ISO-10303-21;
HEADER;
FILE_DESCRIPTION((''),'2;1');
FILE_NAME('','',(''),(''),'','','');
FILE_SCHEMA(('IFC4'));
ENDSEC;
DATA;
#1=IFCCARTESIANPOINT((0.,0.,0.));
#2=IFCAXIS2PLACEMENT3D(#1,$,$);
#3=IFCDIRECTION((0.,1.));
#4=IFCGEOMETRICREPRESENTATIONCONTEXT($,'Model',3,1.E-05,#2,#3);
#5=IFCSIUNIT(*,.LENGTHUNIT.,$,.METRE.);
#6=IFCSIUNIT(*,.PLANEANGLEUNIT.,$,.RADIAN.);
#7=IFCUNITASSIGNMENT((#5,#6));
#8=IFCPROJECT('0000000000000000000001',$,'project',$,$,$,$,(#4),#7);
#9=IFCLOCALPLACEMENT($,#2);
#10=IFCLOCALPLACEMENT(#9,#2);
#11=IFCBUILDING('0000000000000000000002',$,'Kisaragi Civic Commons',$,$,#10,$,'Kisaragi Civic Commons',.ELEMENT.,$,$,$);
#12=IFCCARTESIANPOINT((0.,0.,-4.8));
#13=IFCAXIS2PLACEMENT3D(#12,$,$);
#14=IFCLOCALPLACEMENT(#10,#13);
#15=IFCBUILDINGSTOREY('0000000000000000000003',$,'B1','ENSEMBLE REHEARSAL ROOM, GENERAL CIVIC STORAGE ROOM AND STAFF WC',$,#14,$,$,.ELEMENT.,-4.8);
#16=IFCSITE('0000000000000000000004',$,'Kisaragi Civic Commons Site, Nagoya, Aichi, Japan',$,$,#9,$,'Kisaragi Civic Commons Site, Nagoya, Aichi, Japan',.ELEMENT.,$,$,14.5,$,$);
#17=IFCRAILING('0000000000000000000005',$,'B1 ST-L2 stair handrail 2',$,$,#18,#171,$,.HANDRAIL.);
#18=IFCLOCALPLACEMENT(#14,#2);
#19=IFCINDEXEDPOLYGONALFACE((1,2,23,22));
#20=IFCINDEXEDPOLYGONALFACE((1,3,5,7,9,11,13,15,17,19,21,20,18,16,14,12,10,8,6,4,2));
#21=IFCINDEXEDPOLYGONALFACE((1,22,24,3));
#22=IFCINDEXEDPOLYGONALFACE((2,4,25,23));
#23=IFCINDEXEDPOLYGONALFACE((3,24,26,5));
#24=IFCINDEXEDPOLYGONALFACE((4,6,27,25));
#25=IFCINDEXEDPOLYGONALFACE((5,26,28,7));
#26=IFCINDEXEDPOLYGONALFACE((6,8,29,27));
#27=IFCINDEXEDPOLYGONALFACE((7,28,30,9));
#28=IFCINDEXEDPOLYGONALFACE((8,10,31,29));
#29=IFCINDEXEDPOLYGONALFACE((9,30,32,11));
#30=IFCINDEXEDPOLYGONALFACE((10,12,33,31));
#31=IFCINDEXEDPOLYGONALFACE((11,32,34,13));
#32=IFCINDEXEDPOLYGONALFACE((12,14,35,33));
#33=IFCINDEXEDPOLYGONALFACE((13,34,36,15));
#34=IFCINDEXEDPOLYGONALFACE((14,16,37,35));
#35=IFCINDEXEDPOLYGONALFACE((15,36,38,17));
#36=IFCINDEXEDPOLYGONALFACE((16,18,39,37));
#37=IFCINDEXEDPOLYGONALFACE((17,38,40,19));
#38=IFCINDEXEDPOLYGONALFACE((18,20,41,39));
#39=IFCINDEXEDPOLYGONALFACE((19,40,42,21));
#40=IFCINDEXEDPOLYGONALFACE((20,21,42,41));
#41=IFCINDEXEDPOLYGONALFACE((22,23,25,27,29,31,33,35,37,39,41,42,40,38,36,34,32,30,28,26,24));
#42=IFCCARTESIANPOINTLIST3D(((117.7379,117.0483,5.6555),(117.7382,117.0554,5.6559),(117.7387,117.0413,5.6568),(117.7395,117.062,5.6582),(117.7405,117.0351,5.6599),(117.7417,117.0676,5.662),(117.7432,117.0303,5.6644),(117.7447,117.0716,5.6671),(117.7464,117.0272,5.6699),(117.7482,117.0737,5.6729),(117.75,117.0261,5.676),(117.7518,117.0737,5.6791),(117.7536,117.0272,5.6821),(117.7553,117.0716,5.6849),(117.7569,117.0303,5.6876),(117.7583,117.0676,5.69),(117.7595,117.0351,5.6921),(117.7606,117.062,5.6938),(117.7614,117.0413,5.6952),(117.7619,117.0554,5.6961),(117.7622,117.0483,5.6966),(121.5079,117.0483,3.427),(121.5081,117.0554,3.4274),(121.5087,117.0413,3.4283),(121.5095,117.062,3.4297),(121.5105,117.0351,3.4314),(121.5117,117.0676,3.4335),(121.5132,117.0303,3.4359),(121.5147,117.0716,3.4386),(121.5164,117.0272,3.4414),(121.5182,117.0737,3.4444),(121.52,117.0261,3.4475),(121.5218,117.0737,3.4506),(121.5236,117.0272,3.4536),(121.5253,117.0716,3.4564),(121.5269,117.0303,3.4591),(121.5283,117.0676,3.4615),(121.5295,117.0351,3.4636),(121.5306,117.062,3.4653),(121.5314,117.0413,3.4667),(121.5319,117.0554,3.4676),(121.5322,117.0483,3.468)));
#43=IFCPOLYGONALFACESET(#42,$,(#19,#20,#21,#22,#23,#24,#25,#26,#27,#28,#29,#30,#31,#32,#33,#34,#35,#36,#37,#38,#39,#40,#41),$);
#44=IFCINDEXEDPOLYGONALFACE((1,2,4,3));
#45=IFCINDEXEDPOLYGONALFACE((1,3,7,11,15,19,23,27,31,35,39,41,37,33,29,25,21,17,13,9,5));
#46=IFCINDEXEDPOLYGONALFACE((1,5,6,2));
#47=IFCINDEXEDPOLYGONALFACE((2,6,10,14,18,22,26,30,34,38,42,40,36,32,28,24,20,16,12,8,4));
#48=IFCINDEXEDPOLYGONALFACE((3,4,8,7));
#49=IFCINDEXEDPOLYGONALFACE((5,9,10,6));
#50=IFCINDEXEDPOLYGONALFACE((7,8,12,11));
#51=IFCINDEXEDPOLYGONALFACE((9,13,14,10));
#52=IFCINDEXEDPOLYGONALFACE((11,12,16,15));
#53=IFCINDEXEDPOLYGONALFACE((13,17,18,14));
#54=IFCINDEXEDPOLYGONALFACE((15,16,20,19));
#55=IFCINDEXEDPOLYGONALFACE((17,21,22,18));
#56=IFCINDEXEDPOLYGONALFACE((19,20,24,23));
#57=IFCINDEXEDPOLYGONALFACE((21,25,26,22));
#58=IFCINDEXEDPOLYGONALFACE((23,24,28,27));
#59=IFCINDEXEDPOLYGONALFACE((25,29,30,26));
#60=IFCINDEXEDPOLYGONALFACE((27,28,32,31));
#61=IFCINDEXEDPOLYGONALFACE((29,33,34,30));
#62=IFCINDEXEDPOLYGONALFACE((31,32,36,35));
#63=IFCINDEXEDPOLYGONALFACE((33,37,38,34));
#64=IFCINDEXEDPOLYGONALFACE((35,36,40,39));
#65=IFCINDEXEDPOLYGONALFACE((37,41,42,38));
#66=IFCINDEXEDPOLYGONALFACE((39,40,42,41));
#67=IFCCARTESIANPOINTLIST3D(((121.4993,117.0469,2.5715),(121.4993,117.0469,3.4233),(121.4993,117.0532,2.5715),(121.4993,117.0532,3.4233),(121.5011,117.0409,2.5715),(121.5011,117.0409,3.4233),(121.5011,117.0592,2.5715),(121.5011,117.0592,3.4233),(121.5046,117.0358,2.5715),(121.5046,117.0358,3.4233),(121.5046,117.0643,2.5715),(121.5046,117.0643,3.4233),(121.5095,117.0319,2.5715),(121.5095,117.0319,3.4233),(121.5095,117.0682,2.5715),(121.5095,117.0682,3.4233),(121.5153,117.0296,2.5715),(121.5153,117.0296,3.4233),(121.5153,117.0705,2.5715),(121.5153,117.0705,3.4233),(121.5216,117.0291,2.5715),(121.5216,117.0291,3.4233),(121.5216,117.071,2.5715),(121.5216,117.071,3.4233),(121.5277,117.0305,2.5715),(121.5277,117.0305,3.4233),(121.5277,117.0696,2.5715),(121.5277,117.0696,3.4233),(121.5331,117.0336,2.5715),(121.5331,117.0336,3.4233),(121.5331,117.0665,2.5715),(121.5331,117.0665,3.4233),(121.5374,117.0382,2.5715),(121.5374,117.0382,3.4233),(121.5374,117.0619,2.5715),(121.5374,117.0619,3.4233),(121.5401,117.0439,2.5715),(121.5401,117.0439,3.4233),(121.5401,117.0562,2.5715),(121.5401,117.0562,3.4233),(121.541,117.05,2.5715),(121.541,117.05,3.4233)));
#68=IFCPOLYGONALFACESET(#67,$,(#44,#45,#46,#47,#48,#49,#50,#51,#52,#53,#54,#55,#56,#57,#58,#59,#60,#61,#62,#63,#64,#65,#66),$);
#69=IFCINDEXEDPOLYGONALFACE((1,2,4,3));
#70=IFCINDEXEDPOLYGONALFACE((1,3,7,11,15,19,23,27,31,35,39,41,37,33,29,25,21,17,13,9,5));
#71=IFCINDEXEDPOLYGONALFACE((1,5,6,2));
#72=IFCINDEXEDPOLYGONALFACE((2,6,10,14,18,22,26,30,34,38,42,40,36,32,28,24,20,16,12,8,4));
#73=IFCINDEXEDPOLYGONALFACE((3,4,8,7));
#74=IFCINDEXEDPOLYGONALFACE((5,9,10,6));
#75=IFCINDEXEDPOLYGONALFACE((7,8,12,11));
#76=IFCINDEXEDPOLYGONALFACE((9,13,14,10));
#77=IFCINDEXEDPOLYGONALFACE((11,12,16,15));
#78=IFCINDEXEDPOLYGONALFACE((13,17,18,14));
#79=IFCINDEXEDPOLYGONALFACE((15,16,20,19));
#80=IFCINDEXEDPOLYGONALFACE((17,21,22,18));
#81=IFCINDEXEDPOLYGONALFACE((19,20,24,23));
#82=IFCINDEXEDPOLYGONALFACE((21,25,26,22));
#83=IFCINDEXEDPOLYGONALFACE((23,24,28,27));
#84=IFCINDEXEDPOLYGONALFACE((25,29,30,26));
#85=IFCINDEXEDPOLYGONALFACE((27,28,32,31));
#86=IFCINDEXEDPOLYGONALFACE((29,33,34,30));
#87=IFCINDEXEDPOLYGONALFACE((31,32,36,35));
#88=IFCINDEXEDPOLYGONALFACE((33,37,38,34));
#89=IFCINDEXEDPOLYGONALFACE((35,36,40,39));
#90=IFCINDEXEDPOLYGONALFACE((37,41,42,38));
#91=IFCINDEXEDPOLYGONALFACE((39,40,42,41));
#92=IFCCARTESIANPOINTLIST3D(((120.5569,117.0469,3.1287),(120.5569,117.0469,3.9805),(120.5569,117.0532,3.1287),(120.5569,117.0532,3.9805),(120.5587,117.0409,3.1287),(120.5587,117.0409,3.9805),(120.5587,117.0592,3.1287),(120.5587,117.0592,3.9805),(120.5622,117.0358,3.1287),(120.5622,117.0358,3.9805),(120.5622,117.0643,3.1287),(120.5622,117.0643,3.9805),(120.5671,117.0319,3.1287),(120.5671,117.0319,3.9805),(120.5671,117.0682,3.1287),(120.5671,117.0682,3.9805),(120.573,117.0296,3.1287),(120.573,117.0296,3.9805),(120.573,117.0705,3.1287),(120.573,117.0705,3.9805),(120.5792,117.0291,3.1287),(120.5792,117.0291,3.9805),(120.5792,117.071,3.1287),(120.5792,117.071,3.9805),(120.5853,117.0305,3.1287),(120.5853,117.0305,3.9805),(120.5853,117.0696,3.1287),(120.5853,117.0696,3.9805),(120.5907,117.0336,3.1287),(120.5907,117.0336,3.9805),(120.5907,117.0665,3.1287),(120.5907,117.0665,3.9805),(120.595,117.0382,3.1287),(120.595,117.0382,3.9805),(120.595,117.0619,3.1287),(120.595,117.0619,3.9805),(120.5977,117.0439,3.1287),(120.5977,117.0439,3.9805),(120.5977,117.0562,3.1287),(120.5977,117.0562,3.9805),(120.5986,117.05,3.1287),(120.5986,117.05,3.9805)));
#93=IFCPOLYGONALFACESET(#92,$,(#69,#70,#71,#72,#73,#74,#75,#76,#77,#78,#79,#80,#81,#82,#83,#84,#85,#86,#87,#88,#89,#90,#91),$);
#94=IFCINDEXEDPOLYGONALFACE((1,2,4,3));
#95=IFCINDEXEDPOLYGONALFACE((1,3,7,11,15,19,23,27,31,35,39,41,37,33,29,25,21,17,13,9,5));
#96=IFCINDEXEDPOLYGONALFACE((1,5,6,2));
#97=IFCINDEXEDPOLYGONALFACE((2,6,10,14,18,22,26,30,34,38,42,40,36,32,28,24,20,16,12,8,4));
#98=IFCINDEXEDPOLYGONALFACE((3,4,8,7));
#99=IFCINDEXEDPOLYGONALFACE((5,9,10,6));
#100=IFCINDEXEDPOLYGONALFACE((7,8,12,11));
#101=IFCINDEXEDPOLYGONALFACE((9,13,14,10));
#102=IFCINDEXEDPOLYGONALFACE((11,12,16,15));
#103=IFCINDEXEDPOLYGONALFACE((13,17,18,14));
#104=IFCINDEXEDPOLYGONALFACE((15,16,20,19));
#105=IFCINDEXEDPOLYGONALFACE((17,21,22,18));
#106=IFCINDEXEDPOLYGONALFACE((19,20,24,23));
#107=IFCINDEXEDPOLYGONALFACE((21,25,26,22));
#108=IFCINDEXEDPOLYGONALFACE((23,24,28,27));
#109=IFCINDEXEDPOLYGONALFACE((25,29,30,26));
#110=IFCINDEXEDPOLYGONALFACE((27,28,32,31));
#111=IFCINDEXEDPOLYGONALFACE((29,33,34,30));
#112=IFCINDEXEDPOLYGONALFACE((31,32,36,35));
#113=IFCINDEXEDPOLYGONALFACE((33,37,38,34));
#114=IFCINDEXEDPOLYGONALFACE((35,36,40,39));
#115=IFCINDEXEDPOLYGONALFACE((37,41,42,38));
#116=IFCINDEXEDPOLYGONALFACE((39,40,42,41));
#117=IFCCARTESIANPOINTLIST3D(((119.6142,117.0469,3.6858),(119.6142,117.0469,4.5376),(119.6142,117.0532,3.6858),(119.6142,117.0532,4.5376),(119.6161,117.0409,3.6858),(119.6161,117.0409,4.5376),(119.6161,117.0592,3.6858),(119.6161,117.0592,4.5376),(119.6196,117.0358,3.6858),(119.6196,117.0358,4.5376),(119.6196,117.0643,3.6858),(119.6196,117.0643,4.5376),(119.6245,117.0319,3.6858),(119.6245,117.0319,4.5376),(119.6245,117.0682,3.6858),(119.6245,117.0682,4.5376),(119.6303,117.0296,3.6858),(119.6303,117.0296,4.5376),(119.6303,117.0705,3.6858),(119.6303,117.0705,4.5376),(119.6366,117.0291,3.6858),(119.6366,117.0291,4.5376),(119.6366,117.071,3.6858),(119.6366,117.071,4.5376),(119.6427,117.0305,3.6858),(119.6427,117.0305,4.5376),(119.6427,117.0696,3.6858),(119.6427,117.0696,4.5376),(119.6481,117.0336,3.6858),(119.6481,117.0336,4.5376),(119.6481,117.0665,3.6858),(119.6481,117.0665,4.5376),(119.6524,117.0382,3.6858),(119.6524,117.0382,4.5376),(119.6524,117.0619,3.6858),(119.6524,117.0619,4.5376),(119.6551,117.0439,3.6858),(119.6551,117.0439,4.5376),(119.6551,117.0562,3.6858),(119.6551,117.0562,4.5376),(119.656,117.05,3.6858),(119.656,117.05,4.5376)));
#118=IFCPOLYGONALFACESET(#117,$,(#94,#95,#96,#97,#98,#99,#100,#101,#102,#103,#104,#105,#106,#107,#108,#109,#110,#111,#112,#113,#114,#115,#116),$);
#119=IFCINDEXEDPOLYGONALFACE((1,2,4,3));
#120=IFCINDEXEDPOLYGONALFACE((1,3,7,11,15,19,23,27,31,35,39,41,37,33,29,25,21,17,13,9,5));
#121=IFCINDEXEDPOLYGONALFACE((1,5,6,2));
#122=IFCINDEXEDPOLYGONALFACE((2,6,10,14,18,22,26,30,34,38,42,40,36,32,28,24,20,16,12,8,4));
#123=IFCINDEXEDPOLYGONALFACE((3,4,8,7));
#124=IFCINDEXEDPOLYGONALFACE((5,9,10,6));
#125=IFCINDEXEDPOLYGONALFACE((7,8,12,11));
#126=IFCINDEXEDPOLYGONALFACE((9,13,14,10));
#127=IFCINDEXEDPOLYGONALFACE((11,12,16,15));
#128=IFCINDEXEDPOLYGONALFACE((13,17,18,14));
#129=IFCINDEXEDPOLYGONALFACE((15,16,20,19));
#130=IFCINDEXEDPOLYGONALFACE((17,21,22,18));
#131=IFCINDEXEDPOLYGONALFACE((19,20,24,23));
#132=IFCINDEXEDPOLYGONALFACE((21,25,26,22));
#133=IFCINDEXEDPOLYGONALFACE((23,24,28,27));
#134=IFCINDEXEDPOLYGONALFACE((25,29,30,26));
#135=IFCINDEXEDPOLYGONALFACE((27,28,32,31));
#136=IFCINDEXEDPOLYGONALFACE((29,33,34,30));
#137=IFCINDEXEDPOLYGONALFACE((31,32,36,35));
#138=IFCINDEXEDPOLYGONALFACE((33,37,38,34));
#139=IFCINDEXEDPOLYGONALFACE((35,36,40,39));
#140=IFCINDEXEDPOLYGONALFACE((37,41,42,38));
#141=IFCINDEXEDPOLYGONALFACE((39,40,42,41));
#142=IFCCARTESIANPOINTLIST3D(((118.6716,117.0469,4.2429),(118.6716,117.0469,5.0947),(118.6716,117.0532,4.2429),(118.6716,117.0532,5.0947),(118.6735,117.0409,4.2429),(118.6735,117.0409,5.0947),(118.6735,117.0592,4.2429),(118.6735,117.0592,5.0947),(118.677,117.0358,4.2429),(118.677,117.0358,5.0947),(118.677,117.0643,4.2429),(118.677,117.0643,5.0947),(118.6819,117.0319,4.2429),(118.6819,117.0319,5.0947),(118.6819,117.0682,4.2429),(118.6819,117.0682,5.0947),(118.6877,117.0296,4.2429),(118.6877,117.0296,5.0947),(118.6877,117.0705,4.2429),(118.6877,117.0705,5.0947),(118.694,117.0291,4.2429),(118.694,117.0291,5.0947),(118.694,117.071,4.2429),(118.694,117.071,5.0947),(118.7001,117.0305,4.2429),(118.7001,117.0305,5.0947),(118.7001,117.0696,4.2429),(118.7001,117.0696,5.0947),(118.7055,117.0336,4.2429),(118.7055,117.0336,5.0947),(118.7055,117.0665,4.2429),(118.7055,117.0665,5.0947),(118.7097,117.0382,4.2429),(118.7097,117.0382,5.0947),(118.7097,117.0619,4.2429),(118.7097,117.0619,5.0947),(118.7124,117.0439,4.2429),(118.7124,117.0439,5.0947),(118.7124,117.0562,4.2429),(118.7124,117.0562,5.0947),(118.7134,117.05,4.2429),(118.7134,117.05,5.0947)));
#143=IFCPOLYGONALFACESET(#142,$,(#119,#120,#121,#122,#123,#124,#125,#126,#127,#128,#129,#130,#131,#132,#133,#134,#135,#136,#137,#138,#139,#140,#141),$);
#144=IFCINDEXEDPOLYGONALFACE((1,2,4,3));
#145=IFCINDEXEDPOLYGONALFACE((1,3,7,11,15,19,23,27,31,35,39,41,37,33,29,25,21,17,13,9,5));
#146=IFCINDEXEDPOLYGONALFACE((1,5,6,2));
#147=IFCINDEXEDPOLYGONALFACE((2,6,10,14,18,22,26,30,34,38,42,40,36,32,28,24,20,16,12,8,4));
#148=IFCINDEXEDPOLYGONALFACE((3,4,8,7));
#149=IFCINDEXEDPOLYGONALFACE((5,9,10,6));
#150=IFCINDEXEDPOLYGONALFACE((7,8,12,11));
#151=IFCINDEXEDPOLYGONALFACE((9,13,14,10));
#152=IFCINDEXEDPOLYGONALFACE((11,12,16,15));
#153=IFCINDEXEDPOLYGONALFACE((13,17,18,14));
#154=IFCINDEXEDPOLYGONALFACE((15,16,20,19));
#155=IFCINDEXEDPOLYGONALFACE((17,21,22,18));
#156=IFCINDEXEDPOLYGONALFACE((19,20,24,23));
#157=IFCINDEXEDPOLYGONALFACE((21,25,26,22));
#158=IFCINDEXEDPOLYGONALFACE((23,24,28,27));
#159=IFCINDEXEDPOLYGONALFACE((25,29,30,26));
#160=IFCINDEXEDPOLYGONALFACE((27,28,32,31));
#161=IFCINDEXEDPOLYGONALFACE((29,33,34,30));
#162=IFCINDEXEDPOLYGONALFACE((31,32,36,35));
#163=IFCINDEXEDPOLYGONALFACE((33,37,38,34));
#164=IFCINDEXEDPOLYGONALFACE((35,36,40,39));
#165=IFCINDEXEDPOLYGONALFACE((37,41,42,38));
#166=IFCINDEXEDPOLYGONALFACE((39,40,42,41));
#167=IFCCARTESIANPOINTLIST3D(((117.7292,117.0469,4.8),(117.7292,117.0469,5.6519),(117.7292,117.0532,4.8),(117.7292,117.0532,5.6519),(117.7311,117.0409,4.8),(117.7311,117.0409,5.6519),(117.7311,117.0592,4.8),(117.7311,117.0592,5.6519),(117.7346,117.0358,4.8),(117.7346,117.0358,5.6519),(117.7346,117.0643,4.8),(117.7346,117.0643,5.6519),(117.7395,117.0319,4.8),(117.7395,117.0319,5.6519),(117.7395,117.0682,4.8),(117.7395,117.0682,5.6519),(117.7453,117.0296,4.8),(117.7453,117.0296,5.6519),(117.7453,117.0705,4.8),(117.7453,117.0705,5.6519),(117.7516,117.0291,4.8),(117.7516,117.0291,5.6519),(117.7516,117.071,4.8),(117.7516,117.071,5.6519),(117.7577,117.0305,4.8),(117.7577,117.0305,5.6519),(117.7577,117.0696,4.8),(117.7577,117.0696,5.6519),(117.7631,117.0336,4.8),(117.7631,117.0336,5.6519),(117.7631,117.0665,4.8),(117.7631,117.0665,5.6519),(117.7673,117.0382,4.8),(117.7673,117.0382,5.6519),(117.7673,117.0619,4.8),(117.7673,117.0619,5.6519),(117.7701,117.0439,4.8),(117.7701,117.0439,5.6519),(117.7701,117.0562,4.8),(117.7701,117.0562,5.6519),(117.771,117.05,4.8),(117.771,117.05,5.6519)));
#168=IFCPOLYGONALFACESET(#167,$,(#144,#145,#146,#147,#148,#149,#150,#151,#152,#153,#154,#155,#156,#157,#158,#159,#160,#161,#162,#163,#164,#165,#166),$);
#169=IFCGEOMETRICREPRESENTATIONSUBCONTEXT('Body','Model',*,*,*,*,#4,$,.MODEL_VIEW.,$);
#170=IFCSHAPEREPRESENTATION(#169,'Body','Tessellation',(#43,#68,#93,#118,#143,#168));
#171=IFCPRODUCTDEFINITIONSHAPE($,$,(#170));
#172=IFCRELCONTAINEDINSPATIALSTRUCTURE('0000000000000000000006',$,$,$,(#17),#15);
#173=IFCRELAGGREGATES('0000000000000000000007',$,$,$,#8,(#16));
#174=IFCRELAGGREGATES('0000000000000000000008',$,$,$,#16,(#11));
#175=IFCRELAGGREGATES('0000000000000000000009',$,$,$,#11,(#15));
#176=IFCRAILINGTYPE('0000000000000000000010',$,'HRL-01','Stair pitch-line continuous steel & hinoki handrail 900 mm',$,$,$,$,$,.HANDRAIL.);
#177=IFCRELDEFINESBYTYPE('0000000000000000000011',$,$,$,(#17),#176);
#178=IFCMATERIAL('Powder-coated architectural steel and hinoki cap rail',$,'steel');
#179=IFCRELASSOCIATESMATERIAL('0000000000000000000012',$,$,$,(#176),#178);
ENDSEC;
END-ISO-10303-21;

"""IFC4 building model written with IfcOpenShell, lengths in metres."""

from ifc_helpers import new_model, si_unit, direction, frame, origin, origin_2d, place, context, subcontext, project, spatial, circle, extrude, material, type_object, element, save


model = new_model("IFC4")

# Units and contexts
model_context = context("Model", 3, precision=1e-05, world=origin(), true_north=direction((0.0, 1.0)))
body_context = subcontext(model_context, "Body", "Model", "MODEL_VIEW")
ifc_project = project(units=[si_unit("LENGTHUNIT", "METRE"), si_unit("PLANEANGLEUNIT", "RADIAN")], contexts=[model_context])

# Site, building, storey
site_placement = place(None, origin())
site = spatial("IfcSite", under=ifc_project, at=site_placement, Name="Kisaragi Civic Commons Site, Nagoya, Aichi, Japan", LongName="Kisaragi Civic Commons Site, Nagoya, Aichi, Japan", CompositionType="ELEMENT", RefElevation=14.5)
building_placement = place(site_placement, origin())
building = spatial("IfcBuilding", under=site, at=building_placement, Name="Kisaragi Civic Commons", LongName="Kisaragi Civic Commons", CompositionType="ELEMENT")
storey_placement = place(building_placement, frame((0.0, 0.0, -4.8)))
storey = spatial("IfcBuildingStorey", under=building, at=storey_placement, Name="B1", Description="ENSEMBLE REHEARSAL ROOM, GENERAL CIVIC STORAGE ROOM AND STAFF WC", CompositionType="ELEMENT", Elevation=-4.8)

# Railing
ifc_material_1 = material(Name="Powder-coated architectural steel and hinoki cap rail", Category="steel")
railing_type_1 = type_object("IfcRailingType", Name="HRL-01", Description="Stair pitch-line continuous steel & hinoki handrail 900 mm", PredefinedType="HANDRAIL", material=ifc_material_1)
railing_1_placement = place(storey_placement, frame((121.52, 117.05, 2.5715)))
element("IfcRailing", 1, at=railing_1_placement, inside=storey, type_object=railing_type_1, Name="B1 ST-L2 stair handrail 2", PredefinedType="HANDRAIL", context=body_context, shape_type="SweptSolid", body=[
    extrude(circle(Radius=0.0239, at=origin_2d()), frame((0.0, 0.0, 0.876), z_axis=(-0.860849, 0.0, 0.508861), x_axis=(0.0, -1.0, 0.0)), (0.0, 0.0, 1.0), 4.3794),
    extrude(circle(Radius=0.021, at=origin_2d()), origin(), (0.0, 0.0, 1.0), 0.8518),
    extrude(circle(Radius=0.021, at=origin_2d()), frame((-0.9424, 0.0, 0.5571)), (0.0, 0.0, 1.0), 0.8518),
    extrude(circle(Radius=0.021, at=origin_2d()), frame((-1.885, 0.0, 1.1143)), (0.0, 0.0, 1.0), 0.8518),
    extrude(circle(Radius=0.021, at=origin_2d()), frame((-2.8276, 0.0, 1.6714)), (0.0, 0.0, 1.0), 0.8518),
    extrude(circle(Radius=0.021, at=origin_2d()), frame((-3.77, 0.0, 2.2285)), (0.0, 0.0, 1.0), 0.8518),
])

save(model, "model.ifc")
